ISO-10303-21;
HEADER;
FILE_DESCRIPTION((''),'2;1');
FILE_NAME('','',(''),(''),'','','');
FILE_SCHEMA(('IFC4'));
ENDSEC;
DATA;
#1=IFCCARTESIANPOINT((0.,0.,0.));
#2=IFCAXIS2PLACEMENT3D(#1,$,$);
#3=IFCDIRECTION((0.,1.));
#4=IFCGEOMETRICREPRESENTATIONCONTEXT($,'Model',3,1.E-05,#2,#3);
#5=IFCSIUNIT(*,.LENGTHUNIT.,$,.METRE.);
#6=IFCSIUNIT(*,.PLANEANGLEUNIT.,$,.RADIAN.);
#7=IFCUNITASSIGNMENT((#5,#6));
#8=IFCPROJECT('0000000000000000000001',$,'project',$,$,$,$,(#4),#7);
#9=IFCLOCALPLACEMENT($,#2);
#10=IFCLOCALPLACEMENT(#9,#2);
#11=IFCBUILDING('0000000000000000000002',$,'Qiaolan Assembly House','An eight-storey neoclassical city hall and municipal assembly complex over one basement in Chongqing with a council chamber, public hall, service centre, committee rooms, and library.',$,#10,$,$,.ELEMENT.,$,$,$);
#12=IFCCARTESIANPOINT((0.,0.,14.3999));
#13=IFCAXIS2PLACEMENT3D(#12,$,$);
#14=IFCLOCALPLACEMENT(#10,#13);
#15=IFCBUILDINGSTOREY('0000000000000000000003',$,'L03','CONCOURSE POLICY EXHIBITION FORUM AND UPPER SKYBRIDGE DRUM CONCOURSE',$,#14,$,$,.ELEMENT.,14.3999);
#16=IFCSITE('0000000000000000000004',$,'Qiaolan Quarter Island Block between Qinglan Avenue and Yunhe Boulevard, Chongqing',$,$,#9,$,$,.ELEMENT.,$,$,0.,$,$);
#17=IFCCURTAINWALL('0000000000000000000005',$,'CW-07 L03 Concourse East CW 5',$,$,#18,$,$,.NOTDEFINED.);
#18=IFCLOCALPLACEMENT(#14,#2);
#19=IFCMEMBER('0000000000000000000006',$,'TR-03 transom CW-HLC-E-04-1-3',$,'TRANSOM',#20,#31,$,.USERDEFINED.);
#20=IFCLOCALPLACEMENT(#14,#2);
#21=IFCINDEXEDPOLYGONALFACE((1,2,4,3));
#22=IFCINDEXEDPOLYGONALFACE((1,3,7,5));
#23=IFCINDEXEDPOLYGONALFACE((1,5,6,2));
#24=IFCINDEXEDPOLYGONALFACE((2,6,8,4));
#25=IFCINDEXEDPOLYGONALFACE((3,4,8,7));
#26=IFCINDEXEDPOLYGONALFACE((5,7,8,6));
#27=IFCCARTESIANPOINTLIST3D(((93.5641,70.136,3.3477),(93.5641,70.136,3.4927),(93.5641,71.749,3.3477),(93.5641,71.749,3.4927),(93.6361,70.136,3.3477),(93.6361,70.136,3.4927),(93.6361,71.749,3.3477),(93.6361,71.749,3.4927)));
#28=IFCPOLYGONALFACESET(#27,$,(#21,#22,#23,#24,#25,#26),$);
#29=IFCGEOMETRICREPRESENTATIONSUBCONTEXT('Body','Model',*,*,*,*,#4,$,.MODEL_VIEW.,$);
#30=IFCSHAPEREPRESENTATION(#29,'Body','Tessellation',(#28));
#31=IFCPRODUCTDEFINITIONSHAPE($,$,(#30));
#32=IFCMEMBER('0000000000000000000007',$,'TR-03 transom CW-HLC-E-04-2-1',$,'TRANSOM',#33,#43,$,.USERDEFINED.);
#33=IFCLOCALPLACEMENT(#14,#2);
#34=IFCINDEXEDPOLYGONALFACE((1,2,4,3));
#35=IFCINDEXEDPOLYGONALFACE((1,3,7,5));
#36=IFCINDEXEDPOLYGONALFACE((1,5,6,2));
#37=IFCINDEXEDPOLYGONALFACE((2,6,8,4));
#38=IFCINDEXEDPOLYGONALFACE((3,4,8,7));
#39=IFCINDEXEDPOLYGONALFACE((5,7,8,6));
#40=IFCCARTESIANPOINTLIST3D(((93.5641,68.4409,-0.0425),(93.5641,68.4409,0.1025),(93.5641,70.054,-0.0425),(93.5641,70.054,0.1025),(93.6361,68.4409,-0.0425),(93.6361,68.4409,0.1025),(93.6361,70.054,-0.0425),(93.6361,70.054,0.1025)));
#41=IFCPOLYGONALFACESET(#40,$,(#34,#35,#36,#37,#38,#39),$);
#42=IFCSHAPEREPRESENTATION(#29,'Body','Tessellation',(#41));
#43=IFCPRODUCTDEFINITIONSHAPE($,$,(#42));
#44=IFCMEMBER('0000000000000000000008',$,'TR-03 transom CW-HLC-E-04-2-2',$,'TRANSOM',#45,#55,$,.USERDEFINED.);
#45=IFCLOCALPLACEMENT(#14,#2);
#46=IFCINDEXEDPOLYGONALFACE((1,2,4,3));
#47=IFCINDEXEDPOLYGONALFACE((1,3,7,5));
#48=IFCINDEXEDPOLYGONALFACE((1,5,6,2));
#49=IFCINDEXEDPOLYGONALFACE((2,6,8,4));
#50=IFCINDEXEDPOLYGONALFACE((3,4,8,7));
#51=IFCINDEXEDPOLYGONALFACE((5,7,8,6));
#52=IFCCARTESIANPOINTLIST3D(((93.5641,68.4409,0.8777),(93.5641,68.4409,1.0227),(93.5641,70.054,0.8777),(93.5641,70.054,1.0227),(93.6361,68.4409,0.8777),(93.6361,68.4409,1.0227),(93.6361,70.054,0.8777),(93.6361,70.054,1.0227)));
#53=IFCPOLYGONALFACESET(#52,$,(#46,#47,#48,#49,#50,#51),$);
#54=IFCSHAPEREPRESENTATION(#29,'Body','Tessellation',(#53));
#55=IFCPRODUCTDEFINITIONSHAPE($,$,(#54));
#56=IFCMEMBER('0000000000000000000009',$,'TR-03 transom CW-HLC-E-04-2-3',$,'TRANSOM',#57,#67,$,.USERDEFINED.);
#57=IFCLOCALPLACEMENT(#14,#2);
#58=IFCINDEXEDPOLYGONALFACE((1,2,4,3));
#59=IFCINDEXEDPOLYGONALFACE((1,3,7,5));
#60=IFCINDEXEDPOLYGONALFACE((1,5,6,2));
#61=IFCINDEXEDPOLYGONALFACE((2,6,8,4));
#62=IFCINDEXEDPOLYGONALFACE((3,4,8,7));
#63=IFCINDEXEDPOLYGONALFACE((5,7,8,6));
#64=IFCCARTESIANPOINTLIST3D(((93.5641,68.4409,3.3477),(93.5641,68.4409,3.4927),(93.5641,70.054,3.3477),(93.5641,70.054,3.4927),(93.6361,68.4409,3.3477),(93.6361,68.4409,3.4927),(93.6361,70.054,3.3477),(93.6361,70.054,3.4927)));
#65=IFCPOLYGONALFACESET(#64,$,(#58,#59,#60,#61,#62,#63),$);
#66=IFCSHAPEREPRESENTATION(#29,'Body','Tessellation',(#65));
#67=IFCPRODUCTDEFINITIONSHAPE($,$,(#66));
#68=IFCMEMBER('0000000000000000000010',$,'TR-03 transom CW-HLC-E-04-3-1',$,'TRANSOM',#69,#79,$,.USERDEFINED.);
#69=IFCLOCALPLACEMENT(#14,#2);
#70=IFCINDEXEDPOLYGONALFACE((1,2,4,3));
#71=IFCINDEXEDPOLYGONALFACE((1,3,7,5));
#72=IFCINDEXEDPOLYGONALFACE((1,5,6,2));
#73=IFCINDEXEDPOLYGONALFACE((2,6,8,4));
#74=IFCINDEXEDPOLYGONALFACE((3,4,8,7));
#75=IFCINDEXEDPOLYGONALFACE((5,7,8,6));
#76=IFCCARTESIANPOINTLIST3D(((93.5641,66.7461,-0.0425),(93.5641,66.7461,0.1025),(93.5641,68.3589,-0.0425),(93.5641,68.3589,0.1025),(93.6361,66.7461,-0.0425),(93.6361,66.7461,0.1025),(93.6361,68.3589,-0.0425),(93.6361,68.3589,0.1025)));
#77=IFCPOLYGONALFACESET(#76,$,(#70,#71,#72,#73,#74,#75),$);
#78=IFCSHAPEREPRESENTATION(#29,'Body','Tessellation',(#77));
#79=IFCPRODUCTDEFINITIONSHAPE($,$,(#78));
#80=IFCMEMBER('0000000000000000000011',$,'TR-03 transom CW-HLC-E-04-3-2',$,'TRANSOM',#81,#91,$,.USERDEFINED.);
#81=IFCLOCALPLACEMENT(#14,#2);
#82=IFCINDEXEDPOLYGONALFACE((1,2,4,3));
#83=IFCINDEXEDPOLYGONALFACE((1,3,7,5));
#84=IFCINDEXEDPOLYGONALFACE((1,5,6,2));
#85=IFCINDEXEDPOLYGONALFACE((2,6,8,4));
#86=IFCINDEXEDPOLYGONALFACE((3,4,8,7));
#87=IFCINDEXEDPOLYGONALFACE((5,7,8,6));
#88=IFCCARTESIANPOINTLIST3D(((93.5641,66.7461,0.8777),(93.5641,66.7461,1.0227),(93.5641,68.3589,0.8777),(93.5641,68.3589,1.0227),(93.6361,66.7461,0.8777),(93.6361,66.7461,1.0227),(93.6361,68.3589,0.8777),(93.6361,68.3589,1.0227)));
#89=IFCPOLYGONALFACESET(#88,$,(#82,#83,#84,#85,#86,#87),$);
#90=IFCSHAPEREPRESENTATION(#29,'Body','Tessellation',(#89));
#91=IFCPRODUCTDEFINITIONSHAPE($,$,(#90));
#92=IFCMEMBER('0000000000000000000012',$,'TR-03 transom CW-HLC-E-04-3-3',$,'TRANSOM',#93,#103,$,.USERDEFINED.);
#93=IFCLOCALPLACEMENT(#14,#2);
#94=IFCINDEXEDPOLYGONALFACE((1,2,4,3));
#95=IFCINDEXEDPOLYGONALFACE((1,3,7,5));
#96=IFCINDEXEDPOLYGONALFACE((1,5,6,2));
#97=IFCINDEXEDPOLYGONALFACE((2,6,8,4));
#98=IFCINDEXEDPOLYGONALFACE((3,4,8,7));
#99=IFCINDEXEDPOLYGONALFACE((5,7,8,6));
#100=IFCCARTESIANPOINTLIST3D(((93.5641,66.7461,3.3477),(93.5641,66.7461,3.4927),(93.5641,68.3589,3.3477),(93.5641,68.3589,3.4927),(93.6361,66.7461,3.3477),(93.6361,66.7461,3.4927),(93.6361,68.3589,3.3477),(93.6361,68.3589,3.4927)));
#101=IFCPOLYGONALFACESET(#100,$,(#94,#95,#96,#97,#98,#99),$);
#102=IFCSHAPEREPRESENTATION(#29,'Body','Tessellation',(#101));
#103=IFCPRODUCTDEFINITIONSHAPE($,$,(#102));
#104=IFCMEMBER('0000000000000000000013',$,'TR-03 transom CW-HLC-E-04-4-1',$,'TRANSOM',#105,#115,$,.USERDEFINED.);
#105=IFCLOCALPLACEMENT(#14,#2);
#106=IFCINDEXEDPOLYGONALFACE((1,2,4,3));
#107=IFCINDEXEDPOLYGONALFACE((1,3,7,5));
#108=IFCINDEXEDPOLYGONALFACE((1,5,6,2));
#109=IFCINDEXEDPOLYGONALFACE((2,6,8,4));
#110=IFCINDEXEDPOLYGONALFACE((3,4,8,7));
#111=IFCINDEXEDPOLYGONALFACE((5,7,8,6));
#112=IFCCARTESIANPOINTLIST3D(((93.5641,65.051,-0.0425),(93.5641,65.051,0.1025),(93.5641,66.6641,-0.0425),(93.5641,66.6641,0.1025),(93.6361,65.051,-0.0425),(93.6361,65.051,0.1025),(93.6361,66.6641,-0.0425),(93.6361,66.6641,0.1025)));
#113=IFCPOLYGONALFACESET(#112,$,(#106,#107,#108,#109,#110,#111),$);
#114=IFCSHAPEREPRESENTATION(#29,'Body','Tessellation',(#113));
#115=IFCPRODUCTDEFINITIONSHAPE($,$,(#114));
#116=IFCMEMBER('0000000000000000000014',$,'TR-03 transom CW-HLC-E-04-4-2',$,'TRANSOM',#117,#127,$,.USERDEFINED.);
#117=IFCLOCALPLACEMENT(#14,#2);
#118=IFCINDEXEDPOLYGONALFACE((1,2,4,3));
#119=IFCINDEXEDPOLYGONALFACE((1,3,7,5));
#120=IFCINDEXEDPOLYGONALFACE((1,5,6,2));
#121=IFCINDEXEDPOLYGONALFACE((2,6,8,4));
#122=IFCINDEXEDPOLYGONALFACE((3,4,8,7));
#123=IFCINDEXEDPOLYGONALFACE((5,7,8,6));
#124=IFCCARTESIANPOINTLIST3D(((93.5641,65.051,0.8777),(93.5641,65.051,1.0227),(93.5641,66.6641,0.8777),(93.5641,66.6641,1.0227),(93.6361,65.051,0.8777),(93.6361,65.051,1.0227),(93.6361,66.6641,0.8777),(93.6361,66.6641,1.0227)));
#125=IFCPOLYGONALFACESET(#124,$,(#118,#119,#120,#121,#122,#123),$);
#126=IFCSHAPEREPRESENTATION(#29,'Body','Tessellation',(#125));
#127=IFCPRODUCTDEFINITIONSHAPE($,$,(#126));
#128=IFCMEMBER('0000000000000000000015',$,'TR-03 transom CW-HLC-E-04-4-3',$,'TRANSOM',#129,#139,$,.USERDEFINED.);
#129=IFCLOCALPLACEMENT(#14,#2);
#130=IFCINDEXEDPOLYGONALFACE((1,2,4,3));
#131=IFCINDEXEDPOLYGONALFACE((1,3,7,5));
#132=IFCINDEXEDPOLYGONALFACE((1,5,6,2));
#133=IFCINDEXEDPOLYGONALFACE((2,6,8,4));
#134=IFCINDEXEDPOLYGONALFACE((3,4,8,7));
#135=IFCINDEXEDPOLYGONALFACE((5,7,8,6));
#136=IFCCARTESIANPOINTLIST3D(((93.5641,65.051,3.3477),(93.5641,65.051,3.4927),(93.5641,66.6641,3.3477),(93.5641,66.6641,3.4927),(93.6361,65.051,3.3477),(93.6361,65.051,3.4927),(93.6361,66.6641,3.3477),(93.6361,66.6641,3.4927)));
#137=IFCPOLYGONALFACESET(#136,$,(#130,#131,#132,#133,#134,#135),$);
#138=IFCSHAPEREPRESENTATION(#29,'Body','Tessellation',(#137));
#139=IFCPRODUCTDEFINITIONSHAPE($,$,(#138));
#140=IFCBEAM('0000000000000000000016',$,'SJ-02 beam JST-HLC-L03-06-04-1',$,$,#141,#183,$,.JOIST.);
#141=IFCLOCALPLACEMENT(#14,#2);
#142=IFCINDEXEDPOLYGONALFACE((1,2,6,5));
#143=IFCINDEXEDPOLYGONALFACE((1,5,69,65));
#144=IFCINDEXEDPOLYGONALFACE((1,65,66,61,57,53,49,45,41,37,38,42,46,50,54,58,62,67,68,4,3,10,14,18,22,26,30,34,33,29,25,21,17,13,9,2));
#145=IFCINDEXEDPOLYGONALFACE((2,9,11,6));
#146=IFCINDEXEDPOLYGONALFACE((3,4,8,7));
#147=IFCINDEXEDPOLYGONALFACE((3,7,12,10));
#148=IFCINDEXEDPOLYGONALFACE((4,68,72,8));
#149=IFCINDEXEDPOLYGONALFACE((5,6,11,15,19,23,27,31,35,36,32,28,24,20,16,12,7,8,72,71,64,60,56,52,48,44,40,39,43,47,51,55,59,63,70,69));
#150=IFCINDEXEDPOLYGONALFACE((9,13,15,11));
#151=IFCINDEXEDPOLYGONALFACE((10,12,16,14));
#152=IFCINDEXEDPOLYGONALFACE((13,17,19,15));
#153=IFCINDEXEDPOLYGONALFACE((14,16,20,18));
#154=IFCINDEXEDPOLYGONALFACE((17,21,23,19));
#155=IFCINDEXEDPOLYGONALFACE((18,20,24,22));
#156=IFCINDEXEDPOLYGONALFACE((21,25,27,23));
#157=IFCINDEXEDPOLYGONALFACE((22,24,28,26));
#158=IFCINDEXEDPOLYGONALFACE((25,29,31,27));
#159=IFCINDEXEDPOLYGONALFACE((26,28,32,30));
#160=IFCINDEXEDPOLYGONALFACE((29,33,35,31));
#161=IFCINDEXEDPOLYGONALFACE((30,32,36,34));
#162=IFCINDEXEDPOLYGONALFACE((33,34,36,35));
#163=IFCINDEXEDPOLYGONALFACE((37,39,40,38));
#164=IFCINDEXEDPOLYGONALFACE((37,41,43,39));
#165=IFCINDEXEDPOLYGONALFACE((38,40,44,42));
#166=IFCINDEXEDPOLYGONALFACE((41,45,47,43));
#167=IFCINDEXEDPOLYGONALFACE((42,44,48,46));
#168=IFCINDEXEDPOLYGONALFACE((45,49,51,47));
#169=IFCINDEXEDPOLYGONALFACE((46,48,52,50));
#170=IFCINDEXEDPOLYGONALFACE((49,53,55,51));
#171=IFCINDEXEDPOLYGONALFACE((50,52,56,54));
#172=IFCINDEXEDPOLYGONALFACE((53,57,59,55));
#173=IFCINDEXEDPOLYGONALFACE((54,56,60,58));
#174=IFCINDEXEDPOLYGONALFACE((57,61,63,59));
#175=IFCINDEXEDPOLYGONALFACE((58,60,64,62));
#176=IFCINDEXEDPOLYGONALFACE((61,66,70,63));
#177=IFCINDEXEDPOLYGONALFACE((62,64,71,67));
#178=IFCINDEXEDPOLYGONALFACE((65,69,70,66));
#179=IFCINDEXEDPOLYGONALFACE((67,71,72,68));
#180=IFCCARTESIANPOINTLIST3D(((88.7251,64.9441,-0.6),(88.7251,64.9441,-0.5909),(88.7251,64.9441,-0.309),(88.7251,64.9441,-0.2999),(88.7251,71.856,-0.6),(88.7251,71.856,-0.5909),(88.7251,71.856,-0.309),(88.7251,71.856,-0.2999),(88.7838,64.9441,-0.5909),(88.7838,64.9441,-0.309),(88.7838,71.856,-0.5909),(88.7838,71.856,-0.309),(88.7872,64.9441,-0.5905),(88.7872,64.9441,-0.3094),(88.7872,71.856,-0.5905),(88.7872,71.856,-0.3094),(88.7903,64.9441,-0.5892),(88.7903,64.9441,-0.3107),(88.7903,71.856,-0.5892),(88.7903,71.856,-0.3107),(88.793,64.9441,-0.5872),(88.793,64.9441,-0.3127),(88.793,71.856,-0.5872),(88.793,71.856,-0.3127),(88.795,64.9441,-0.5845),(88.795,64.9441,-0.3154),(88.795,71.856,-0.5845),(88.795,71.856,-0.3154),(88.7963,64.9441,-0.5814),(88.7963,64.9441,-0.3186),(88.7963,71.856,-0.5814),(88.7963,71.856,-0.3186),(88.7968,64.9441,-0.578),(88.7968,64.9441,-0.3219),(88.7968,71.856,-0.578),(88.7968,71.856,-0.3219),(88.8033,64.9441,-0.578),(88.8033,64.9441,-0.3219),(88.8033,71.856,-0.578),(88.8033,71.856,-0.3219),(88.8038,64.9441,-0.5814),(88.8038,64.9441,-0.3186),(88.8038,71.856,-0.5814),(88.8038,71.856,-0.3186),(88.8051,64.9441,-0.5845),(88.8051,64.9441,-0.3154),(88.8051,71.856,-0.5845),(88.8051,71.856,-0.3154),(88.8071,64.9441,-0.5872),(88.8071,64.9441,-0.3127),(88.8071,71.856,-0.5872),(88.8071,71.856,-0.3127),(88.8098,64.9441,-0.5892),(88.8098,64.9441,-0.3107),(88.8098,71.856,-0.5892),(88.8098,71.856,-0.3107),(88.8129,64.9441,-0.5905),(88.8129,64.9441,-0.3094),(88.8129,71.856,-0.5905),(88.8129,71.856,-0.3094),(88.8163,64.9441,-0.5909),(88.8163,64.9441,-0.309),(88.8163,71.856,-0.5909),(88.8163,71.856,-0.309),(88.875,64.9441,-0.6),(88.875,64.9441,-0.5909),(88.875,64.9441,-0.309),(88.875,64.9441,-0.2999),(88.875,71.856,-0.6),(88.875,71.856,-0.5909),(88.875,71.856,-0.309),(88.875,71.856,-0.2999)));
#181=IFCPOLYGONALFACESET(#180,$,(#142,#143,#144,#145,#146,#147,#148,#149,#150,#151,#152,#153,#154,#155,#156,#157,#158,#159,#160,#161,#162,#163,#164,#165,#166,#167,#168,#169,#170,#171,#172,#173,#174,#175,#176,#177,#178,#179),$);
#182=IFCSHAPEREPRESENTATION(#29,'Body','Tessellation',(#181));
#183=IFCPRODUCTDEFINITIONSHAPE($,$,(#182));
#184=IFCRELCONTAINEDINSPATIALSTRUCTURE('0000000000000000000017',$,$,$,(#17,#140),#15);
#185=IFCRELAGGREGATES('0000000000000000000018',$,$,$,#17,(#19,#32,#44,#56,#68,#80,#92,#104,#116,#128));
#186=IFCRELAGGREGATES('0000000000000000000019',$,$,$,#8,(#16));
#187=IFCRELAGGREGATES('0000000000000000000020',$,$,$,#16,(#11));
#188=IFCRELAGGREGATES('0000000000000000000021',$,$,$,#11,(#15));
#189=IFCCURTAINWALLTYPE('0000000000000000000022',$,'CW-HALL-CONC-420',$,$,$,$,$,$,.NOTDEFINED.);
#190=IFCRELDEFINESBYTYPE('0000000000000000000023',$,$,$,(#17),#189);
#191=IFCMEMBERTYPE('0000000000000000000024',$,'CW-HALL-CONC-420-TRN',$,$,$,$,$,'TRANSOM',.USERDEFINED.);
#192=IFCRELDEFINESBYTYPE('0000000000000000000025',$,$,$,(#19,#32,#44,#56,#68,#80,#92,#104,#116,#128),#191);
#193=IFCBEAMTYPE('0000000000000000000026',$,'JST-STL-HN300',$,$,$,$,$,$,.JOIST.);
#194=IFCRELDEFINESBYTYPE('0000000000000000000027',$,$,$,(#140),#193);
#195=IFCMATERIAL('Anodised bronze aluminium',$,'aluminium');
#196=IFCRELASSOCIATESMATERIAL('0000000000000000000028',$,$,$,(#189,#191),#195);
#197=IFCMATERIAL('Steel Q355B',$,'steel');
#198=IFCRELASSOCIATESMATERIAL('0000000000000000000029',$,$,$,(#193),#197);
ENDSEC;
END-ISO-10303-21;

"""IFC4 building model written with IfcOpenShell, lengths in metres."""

from ifc_helpers import new_model, si_unit, direction, frame, origin, origin_2d, place, context, subcontext, project, spatial, rectangle, i_section, extrude, material, material_profile, profile_set, type_object, element, aggregate, save


model = new_model("IFC4")

# Units and contexts
model_context = context("Model", 3, precision=1e-05, world=origin(), true_north=direction((0.0, 1.0)))
body_context = subcontext(model_context, "Body", "Model", "MODEL_VIEW")
ifc_project = project(units=[si_unit("LENGTHUNIT", "METRE"), si_unit("PLANEANGLEUNIT", "RADIAN")], contexts=[model_context])

# Site, building, storey
site_placement = place(None, origin())
site = spatial("IfcSite", under=ifc_project, at=site_placement, Name="Qiaolan Quarter Island Block between Qinglan Avenue and Yunhe Boulevard, Chongqing", CompositionType="ELEMENT", RefElevation=0.0)
building_placement = place(site_placement, origin())
building = spatial("IfcBuilding", under=site, at=building_placement, Name="Qiaolan Assembly House", Description="An eight-storey neoclassical city hall and municipal assembly complex over one basement in Chongqing with a council chamber, public hall, service centre, committee rooms, and library.", CompositionType="ELEMENT")
storey_placement = place(building_placement, frame((0.0, 0.0, 14.3999)))
storey = spatial("IfcBuildingStorey", under=building, at=storey_placement, Name="L03", Description="CONCOURSE POLICY EXHIBITION FORUM AND UPPER SKYBRIDGE DRUM CONCOURSE", CompositionType="ELEMENT", Elevation=14.3999)

# Shared definitions
ifc_material_1 = material(Name="Steel Q355B", Category="steel")

# Curtain wall, members
ifc_material_2 = material(Name="Anodised bronze aluminium", Category="aluminium")
curtain_wall_type = type_object("IfcCurtainWallType", Name="CW-HALL-CONC-420", PredefinedType="NOTDEFINED", material=ifc_material_2)
curtain_wall_placement = place(storey_placement, origin())
curtain_wall = element("IfcCurtainWall", 1, at=curtain_wall_placement, inside=storey, type_object=curtain_wall_type, Name="CW-07 L03 Concourse East CW 5", PredefinedType="NOTDEFINED")
ifc_material_profile_1 = material_profile(ifc_material_2, rectangle(XDim=0.072, YDim=0.145, at=origin_2d()), Name="TRN 72x145")
ifc_profile_set_1 = profile_set([ifc_material_profile_1], Name="Anodised bronze aluminium")
member_type_1 = type_object("IfcMemberType", Name="CW-HALL-CONC-420-TRN", ElementType="TRANSOM", PredefinedType="USERDEFINED", material=ifc_profile_set_1)
member_1_placement = place(storey_placement, frame((93.6001, 71.749, 3.4202), z_axis=(0.0, -1.0, 0.0), x_axis=(1.0, 0.0, 0.0)))
member_1 = element("IfcMember", 2, at=member_1_placement, type_object=member_type_1, Name="TR-03 transom CW-HLC-E-04-1-3", ObjectType="TRANSOM", PredefinedType="USERDEFINED", context=body_context, shape_type="SweptSolid", body=[
    extrude(rectangle(XDim=0.072, YDim=0.145, at=origin_2d()), origin(), (0.0, 0.0, 1.0), 1.613),
])
member_2_placement = place(storey_placement, frame((93.6001, 70.054, 0.03), z_axis=(0.0, -1.0, 0.0), x_axis=(1.0, 0.0, 0.0)))
member_2 = element("IfcMember", 3, at=member_2_placement, type_object=member_type_1, Name="TR-03 transom CW-HLC-E-04-2-1", ObjectType="TRANSOM", PredefinedType="USERDEFINED", context=body_context, shape_type="SweptSolid", body=[
    extrude(rectangle(XDim=0.072, YDim=0.145, at=origin_2d()), origin(), (0.0, 0.0, 1.0), 1.613),
])
member_3_placement = place(storey_placement, frame((93.6001, 70.054, 0.9502), z_axis=(0.0, -1.0, 0.0), x_axis=(1.0, 0.0, 0.0)))
member_3 = element("IfcMember", 4, at=member_3_placement, type_object=member_type_1, Name="TR-03 transom CW-HLC-E-04-2-2", ObjectType="TRANSOM", PredefinedType="USERDEFINED", context=body_context, shape_type="SweptSolid", body=[
    extrude(rectangle(XDim=0.072, YDim=0.145, at=origin_2d()), origin(), (0.0, 0.0, 1.0), 1.613),
])
member_4_placement = place(storey_placement, frame((93.6001, 70.054, 3.4202), z_axis=(0.0, -1.0, 0.0), x_axis=(1.0, 0.0, 0.0)))
member_4 = element("IfcMember", 5, at=member_4_placement, type_object=member_type_1, Name="TR-03 transom CW-HLC-E-04-2-3", ObjectType="TRANSOM", PredefinedType="USERDEFINED", context=body_context, shape_type="SweptSolid", body=[
    extrude(rectangle(XDim=0.072, YDim=0.145, at=origin_2d()), origin(), (0.0, 0.0, 1.0), 1.613),
])
member_5_placement = place(storey_placement, frame((93.6001, 68.3589, 0.03), z_axis=(0.0, -1.0, 0.0), x_axis=(1.0, 0.0, 0.0)))
member_5 = element("IfcMember", 6, at=member_5_placement, type_object=member_type_1, Name="TR-03 transom CW-HLC-E-04-3-1", ObjectType="TRANSOM", PredefinedType="USERDEFINED", context=body_context, shape_type="SweptSolid", body=[
    extrude(rectangle(XDim=0.072, YDim=0.145, at=origin_2d()), origin(), (0.0, 0.0, 1.0), 1.6128),
])
member_6_placement = place(storey_placement, frame((93.6001, 68.3589, 0.9502), z_axis=(0.0, -1.0, 0.0), x_axis=(1.0, 0.0, 0.0)))
member_6 = element("IfcMember", 7, at=member_6_placement, type_object=member_type_1, Name="TR-03 transom CW-HLC-E-04-3-2", ObjectType="TRANSOM", PredefinedType="USERDEFINED", context=body_context, shape_type="SweptSolid", body=[
    extrude(rectangle(XDim=0.072, YDim=0.145, at=origin_2d()), origin(), (0.0, 0.0, 1.0), 1.6128),
])
member_7_placement = place(storey_placement, frame((93.6001, 68.3589, 3.4202), z_axis=(0.0, -1.0, 0.0), x_axis=(1.0, 0.0, 0.0)))
member_7 = element("IfcMember", 8, at=member_7_placement, type_object=member_type_1, Name="TR-03 transom CW-HLC-E-04-3-3", ObjectType="TRANSOM", PredefinedType="USERDEFINED", context=body_context, shape_type="SweptSolid", body=[
    extrude(rectangle(XDim=0.072, YDim=0.145, at=origin_2d()), origin(), (0.0, 0.0, 1.0), 1.6128),
])
member_8_placement = place(storey_placement, frame((93.6001, 66.6641, 0.03), z_axis=(0.0, -1.0, 0.0), x_axis=(1.0, 0.0, 0.0)))
member_8 = element("IfcMember", 9, at=member_8_placement, type_object=member_type_1, Name="TR-03 transom CW-HLC-E-04-4-1", ObjectType="TRANSOM", PredefinedType="USERDEFINED", context=body_context, shape_type="SweptSolid", body=[
    extrude(rectangle(XDim=0.072, YDim=0.145, at=origin_2d()), origin(), (0.0, 0.0, 1.0), 1.613),
])
member_9_placement = place(storey_placement, frame((93.6001, 66.6641, 0.9502), z_axis=(0.0, -1.0, 0.0), x_axis=(1.0, 0.0, 0.0)))
member_9 = element("IfcMember", 10, at=member_9_placement, type_object=member_type_1, Name="TR-03 transom CW-HLC-E-04-4-2", ObjectType="TRANSOM", PredefinedType="USERDEFINED", context=body_context, shape_type="SweptSolid", body=[
    extrude(rectangle(XDim=0.072, YDim=0.145, at=origin_2d()), origin(), (0.0, 0.0, 1.0), 1.613),
])
member_10_placement = place(storey_placement, frame((93.6001, 66.6641, 3.4202), z_axis=(0.0, -1.0, 0.0), x_axis=(1.0, 0.0, 0.0)))
member_10 = element("IfcMember", 11, at=member_10_placement, type_object=member_type_1, Name="TR-03 transom CW-HLC-E-04-4-3", ObjectType="TRANSOM", PredefinedType="USERDEFINED", context=body_context, shape_type="SweptSolid", body=[
    extrude(rectangle(XDim=0.072, YDim=0.145, at=origin_2d()), origin(), (0.0, 0.0, 1.0), 1.613),
])

# Beam
ifc_material_profile_2 = material_profile(ifc_material_1, i_section(OverallWidth=0.1499, OverallDepth=0.3, WebThickness=0.0066, FlangeThickness=0.009, FilletRadius=0.0129, at=origin_2d()), Name="HN 300x150x6.5x9")
ifc_profile_set_2 = profile_set([ifc_material_profile_2], Name="Steel Q355B")
beam_type_1 = type_object("IfcBeamType", Name="JST-STL-HN300", PredefinedType="JOIST", material=ifc_profile_set_2)
for number, where, z_axis, x_axis, name in (
    (12, (88.8, 64.9441, -0.45), (0.0, 1.0, 0.0), (-1.0, 0.0, 0.0), "SJ-02 beam JST-HLC-L03-06-04-1"),
):
    element("IfcBeam", number, at=place(storey_placement, frame(where, z_axis=z_axis, x_axis=x_axis)), inside=storey, type_object=beam_type_1, Name=name, PredefinedType="JOIST", context=body_context, shape_type="SweptSolid", body=[
        extrude(i_section(OverallWidth=0.1499, OverallDepth=0.3, WebThickness=0.0066, FlangeThickness=0.009, FilletRadius=0.0129, at=origin_2d()), origin(), (0.0, 0.0, 1.0), 6.9119),
    ])

aggregate(curtain_wall, [member_1, member_2, member_3, member_4, member_5, member_6, member_7, member_8, member_9, member_10])

save(model, "model.ifc")
